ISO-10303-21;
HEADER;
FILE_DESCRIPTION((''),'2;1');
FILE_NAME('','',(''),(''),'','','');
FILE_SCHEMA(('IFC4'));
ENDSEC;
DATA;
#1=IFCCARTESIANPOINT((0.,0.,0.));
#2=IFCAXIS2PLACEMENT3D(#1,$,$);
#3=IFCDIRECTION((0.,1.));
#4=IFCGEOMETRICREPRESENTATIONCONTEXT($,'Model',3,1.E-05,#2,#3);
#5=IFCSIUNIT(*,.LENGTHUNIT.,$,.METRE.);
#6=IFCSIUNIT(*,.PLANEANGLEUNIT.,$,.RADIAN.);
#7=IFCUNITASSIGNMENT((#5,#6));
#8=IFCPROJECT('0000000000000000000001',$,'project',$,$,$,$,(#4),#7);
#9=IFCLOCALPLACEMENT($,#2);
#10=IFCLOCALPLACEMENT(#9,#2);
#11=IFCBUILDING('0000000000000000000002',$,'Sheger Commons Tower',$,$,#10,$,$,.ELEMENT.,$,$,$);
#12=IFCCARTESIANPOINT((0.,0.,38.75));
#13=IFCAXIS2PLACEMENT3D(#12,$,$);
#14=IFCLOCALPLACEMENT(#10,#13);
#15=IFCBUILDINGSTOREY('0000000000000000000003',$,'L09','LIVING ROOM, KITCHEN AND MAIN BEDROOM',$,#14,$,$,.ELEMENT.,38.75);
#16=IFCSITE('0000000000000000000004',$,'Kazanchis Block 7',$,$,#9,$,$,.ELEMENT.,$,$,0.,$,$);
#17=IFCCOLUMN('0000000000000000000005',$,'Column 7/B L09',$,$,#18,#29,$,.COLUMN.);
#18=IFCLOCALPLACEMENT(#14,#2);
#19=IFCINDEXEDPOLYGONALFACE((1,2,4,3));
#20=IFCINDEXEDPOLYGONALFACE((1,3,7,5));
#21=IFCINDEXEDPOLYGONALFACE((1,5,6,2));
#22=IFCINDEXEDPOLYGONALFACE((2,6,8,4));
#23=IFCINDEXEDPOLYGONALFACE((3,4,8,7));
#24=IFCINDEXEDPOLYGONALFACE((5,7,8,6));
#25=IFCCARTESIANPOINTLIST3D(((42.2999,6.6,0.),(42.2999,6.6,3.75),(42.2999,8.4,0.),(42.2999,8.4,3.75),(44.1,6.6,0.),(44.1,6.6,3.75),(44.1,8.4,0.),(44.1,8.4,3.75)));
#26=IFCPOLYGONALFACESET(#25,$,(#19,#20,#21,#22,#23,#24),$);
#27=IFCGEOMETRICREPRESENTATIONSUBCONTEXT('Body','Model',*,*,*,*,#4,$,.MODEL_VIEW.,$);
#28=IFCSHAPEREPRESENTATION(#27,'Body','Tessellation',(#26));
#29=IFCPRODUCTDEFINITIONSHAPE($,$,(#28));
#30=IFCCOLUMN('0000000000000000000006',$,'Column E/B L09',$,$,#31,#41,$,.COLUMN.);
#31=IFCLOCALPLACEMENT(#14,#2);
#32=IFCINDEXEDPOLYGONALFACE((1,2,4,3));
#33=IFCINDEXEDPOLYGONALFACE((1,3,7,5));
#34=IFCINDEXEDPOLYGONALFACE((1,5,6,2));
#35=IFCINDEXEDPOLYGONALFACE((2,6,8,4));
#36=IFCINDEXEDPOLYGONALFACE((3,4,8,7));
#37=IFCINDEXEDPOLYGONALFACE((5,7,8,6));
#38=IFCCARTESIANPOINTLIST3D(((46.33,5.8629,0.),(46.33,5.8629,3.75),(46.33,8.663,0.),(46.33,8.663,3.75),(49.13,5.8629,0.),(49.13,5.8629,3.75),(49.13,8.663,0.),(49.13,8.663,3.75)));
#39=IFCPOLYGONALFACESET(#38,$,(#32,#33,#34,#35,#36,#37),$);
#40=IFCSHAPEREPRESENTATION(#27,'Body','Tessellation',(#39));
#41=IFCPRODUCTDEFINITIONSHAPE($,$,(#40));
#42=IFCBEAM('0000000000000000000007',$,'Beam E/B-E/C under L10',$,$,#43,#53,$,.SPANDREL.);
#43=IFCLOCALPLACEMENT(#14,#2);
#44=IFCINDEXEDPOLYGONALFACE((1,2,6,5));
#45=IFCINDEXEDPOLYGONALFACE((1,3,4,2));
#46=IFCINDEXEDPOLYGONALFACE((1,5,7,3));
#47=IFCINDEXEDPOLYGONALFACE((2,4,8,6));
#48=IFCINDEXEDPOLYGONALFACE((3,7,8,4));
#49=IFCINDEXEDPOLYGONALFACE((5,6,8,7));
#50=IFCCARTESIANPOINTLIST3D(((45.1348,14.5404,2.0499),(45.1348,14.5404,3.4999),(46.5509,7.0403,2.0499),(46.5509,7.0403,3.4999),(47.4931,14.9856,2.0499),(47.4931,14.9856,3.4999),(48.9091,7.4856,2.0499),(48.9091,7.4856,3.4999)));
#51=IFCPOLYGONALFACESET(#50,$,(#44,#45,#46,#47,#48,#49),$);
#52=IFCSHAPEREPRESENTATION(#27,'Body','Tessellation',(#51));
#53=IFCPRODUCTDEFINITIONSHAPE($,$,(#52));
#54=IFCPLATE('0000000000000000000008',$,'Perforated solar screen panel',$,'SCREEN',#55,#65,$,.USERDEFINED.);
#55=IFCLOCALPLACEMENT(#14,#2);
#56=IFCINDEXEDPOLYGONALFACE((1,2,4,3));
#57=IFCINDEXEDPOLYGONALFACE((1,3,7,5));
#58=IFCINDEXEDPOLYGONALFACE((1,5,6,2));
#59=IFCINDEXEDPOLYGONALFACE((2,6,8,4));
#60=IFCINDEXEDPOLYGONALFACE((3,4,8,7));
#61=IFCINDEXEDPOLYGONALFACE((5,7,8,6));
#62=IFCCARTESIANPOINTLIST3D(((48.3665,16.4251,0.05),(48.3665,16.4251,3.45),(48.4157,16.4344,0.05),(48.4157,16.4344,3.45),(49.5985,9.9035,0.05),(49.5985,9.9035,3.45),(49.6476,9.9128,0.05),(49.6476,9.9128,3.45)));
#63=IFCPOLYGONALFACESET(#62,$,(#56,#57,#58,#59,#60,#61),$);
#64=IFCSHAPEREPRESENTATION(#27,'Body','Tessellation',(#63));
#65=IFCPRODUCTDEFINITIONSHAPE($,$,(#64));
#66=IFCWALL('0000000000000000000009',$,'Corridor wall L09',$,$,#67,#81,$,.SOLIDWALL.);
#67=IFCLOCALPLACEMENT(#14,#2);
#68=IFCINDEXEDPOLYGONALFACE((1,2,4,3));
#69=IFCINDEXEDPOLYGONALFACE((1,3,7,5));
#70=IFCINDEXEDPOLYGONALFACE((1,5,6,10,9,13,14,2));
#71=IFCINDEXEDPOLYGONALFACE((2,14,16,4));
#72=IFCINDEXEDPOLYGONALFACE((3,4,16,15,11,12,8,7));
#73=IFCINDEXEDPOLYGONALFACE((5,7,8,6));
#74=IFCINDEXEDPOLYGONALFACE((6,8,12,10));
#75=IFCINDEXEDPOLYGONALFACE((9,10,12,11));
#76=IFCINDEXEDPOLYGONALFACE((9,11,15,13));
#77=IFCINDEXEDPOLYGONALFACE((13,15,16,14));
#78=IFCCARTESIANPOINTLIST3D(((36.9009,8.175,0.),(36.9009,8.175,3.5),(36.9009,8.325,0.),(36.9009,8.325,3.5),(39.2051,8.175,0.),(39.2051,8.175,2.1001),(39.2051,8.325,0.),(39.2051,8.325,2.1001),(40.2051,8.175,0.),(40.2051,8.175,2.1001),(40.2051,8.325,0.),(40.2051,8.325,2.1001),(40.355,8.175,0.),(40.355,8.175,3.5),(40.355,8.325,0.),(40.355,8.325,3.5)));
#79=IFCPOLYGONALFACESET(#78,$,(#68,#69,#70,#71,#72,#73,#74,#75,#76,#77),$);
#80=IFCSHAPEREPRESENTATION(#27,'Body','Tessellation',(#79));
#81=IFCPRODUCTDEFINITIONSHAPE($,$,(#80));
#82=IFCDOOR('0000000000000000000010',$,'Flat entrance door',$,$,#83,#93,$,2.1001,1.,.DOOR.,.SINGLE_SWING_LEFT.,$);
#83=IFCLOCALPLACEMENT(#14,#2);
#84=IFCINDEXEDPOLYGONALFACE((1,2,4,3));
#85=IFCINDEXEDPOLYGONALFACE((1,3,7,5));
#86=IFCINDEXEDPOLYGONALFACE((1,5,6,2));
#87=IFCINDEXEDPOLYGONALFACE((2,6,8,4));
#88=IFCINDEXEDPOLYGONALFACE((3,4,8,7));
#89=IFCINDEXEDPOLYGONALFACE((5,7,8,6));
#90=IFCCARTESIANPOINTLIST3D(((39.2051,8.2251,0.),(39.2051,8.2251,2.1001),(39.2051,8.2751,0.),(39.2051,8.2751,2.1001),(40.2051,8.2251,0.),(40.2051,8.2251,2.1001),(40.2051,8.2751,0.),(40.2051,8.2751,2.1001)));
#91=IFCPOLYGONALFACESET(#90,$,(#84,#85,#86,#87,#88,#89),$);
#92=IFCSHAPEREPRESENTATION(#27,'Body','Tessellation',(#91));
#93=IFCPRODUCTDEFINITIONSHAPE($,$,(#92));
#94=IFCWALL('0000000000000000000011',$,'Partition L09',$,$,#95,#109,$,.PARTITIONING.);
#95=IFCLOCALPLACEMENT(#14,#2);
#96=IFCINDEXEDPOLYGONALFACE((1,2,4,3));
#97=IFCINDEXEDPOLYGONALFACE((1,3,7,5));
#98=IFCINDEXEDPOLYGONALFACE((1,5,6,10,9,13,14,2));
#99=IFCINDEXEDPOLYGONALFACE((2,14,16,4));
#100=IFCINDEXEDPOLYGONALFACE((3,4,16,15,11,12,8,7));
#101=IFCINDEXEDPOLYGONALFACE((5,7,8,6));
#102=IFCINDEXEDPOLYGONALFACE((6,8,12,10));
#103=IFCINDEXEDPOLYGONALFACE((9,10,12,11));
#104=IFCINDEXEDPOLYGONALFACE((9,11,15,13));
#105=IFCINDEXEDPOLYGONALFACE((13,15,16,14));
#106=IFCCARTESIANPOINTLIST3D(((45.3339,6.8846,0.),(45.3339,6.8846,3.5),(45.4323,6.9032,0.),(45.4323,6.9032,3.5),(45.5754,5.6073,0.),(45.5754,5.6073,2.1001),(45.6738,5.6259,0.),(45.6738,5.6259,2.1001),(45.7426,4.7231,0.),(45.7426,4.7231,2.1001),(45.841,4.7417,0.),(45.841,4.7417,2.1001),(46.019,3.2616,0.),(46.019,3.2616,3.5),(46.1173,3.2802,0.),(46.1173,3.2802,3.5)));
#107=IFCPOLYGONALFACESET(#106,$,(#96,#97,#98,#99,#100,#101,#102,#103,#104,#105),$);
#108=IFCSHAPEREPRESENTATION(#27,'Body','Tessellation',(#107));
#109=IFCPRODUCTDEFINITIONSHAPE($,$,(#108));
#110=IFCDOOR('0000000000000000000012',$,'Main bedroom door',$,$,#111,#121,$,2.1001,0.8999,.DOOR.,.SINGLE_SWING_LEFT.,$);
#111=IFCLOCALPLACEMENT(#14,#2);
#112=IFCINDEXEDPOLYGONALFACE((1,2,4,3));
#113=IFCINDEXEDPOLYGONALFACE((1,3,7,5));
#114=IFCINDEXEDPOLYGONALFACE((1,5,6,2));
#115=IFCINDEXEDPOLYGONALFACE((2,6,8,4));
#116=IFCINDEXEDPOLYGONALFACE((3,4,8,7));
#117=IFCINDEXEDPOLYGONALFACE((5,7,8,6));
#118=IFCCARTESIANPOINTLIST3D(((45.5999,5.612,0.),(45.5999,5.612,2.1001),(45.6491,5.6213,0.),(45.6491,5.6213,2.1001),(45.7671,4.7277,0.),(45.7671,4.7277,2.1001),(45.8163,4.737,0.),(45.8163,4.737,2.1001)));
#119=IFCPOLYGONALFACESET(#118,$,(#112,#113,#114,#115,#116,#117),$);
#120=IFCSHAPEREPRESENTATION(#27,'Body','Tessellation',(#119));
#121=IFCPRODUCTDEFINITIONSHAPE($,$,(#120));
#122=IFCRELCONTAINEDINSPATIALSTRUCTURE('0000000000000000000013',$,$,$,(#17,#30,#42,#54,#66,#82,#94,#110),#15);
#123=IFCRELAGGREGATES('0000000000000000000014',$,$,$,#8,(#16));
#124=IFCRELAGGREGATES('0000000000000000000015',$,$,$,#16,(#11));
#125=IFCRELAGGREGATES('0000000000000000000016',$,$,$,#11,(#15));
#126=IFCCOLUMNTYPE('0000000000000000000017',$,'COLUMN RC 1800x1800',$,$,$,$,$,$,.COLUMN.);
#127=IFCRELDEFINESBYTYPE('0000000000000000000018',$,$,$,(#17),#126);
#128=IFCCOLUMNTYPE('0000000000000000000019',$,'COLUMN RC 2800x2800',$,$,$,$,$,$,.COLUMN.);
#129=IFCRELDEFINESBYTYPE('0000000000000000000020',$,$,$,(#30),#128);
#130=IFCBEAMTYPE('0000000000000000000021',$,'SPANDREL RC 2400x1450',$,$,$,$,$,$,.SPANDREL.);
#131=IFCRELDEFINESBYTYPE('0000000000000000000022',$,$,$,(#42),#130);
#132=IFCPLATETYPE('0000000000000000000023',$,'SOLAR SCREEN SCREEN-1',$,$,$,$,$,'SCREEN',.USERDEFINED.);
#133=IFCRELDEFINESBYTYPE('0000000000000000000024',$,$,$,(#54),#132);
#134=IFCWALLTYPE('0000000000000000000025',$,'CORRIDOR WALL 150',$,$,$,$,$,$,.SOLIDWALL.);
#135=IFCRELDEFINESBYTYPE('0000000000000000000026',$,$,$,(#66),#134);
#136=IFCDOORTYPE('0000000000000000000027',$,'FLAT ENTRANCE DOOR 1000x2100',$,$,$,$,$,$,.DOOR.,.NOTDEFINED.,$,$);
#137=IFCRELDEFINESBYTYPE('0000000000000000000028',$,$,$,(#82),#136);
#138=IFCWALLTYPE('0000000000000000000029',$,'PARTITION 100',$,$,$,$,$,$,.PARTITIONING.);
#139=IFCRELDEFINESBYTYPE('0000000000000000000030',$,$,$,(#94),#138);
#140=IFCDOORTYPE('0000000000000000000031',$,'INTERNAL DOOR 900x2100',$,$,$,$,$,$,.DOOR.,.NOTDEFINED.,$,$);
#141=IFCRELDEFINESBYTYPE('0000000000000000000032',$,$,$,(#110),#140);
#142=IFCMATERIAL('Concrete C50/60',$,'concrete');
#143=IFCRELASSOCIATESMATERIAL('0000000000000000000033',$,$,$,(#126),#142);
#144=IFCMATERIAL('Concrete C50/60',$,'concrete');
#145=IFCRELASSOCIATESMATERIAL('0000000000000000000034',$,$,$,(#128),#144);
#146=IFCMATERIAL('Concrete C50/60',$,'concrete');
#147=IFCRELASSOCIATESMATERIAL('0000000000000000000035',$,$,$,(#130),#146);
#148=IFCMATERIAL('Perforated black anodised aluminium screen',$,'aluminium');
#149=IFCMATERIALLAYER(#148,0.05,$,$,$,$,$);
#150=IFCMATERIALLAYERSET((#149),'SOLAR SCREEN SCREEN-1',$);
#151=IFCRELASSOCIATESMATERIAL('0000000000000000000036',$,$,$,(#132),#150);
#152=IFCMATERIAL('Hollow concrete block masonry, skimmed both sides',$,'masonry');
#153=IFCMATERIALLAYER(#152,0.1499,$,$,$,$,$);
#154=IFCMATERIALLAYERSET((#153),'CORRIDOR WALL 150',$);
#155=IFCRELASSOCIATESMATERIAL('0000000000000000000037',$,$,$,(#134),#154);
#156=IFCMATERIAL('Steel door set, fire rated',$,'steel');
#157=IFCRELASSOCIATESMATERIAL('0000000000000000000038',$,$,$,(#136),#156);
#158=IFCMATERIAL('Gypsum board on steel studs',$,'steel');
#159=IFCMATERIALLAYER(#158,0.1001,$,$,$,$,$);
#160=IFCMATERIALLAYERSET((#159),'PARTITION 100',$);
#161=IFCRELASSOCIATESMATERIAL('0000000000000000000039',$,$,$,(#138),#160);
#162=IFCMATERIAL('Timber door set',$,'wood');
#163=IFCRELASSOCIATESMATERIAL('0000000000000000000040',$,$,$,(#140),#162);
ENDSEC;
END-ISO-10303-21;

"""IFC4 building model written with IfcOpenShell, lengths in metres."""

from ifc_helpers import new_model, si_unit, direction, frame, frame_2d, origin, origin_2d, place, context, subcontext, project, spatial, rectangle, extrude, material, layer, layer_set, material_profile, profile_set, type_object, element, fill, save


model = new_model("IFC4")

# Units and contexts
model_context = context("Model", 3, precision=1e-05, world=origin(), true_north=direction((0.0, 1.0)))
body_context = subcontext(model_context, "Body", "Model", "MODEL_VIEW")
ifc_project = project(units=[si_unit("LENGTHUNIT", "METRE"), si_unit("PLANEANGLEUNIT", "RADIAN")], contexts=[model_context])

# Site, building, storey
site_placement = place(None, origin())
site = spatial("IfcSite", under=ifc_project, at=site_placement, Name="Kazanchis Block 7", CompositionType="ELEMENT", RefElevation=0.0)
building_placement = place(site_placement, origin())
building = spatial("IfcBuilding", under=site, at=building_placement, Name="Sheger Commons Tower", CompositionType="ELEMENT")
storey_placement = place(building_placement, frame((0.0, 0.0, 38.75)))
storey = spatial("IfcBuildingStorey", under=building, at=storey_placement, Name="L09", Description="LIVING ROOM, KITCHEN AND MAIN BEDROOM", CompositionType="ELEMENT", Elevation=38.75)

# Columns
ifc_material_1 = material(Name="Concrete C50/60", Category="concrete")
ifc_material_profile_1 = material_profile(ifc_material_1, rectangle(XDim=1.8, YDim=1.8, at=origin_2d()), Name="RC 1800x1800")
ifc_profile_set_1 = profile_set([ifc_material_profile_1], Name="Concrete C50/60")
column_type_1 = type_object("IfcColumnType", Name="COLUMN RC 1800x1800", PredefinedType="COLUMN", material=ifc_profile_set_1)
column_1_placement = place(storey_placement, frame((43.2, 7.5, 0.0), z_axis=(0.0, 0.0, 1.0), x_axis=(1.0, 0.0, 0.0)))
element("IfcColumn", 1, at=column_1_placement, inside=storey, type_object=column_type_1, Name="Column 7/B L09", PredefinedType="COLUMN", context=body_context, shape_type="SweptSolid", body=[
    extrude(rectangle(XDim=1.8, YDim=1.8, at=origin_2d()), origin(), (0.0, 0.0, 1.0), 3.75),
])
ifc_material_2 = material(Name="Concrete C50/60", Category="concrete")
ifc_material_profile_2 = material_profile(ifc_material_2, rectangle(XDim=2.8, YDim=2.8, at=origin_2d()), Name="RC 2800x2800")
ifc_profile_set_2 = profile_set([ifc_material_profile_2], Name="Concrete C50/60")
column_type_2 = type_object("IfcColumnType", Name="COLUMN RC 2800x2800", PredefinedType="COLUMN", material=ifc_profile_set_2)
column_2_placement = place(storey_placement, frame((47.73, 7.2629, 0.0), z_axis=(0.0, 0.0, 1.0), x_axis=(1.0, 0.0, 0.0)))
element("IfcColumn", 2, at=column_2_placement, inside=storey, type_object=column_type_2, Name="Column E/B L09", PredefinedType="COLUMN", context=body_context, shape_type="SweptSolid", body=[
    extrude(rectangle(XDim=2.8, YDim=2.8, at=origin_2d()), origin(), (0.0, 0.0, 1.0), 3.75),
])

# Beam
ifc_material_3 = material(Name="Concrete C50/60", Category="concrete")
ifc_material_profile_3 = material_profile(ifc_material_3, rectangle(XDim=2.3999, YDim=1.45, at=origin_2d()), Name="RC 2400x1450")
ifc_profile_set_3 = profile_set([ifc_material_profile_3], Name="Concrete C50/60")
beam_type = type_object("IfcBeamType", Name="SPANDREL RC 2400x1450", PredefinedType="SPANDREL", material=ifc_profile_set_3)
beam_placement = place(storey_placement, frame((47.73, 7.2629, 2.7749), z_axis=(-0.185524, 0.98264, 0.0), x_axis=(-0.98264, -0.185524, 0.0)))
element("IfcBeam", 3, at=beam_placement, inside=storey, type_object=beam_type, Name="Beam E/B-E/C under L10", PredefinedType="SPANDREL", context=body_context, shape_type="SweptSolid", body=[
    extrude(rectangle(XDim=2.3999, YDim=1.45, at=origin_2d()), origin(), (0.0, 0.0, 1.0), 7.6326),
])

# Plate
ifc_material_4 = material(Name="Perforated black anodised aluminium screen", Category="aluminium")
ifc_layer_1 = layer(ifc_material_4, 0.05)
ifc_layer_set_1 = layer_set([ifc_layer_1], Name="SOLAR SCREEN SCREEN-1")
plate_type = type_object("IfcPlateType", Name="SOLAR SCREEN SCREEN-1", ElementType="SCREEN", PredefinedType="USERDEFINED", material=ifc_layer_set_1)
plate_placement = place(storey_placement, frame((49.0071, 13.1689, 0.05), z_axis=(0.0, 0.0, 1.0), x_axis=(-0.185615, 0.982623, 0.0)))
element("IfcPlate", 4, at=plate_placement, inside=storey, type_object=plate_type, Name="Perforated solar screen panel", ObjectType="SCREEN", PredefinedType="USERDEFINED", context=body_context, shape_type="SweptSolid", body=[
    extrude(rectangle(XDim=6.637, YDim=0.05, at=origin_2d()), origin(), (0.0, 0.0, 1.0), 3.3999),
])

# Walls, openings, doors
ifc_material_5 = material(Name="Hollow concrete block masonry, skimmed both sides", Category="masonry")
ifc_layer_2 = layer(ifc_material_5, 0.1499)
ifc_layer_set_2 = layer_set([ifc_layer_2], Name="CORRIDOR WALL 150")
wall_type_1 = type_object("IfcWallType", Name="CORRIDOR WALL 150", PredefinedType="SOLIDWALL", material=ifc_layer_set_2)
wall_1_placement = place(storey_placement, frame((40.355, 8.25, 0.0), z_axis=(0.0, 0.0, 1.0), x_axis=(-1.0, 0.0, 0.0)))
wall_1 = element("IfcWall", 5, at=wall_1_placement, inside=storey, type_object=wall_type_1, Name="Corridor wall L09", PredefinedType="SOLIDWALL", context=body_context, shape_type="SweptSolid", body=[
    extrude(rectangle(XDim=3.4541, YDim=0.1499, at=frame_2d((1.7271, 0.0))), origin(), (0.0, 0.0, 1.0), 3.5),
])
opening_1_placement = place(wall_1_placement, frame((0.1499, 0.0, 0.0)))
opening_1 = element("IfcOpeningElement", 6, at=opening_1_placement, cuts=wall_1, PredefinedType="OPENING", context=body_context, shape_type="SweptSolid", body=[
    extrude(rectangle(XDim=1.0, YDim=2.1001, at=frame_2d((0.5, 1.05))), frame((0.0, 0.085, 0.0), z_axis=(0.0, -1.0, 0.0), x_axis=(1.0, 0.0, 0.0)), (0.0, 0.0, 1.0), 0.1699),
])
ifc_material_6 = material(Name="Steel door set, fire rated", Category="steel")
door_type_1 = type_object("IfcDoorType", Name="FLAT ENTRANCE DOOR 1000x2100", OperationType="NOTDEFINED", PredefinedType="DOOR", material=ifc_material_6)
door_1_placement = place(opening_1_placement, origin())
door_1 = element("IfcDoor", 7, at=door_1_placement, inside=storey, type_object=door_type_1, Name="Flat entrance door", OperationType="SINGLE_SWING_LEFT", OverallHeight=2.1001, OverallWidth=1.0, PredefinedType="DOOR", context=body_context, shape_type="SweptSolid", body=[
    extrude(rectangle(XDim=1.0, YDim=2.1001, at=frame_2d((0.5, 1.05))), frame((0.0, 0.0249, 0.0), z_axis=(0.0, -1.0, 0.0), x_axis=(1.0, 0.0, 0.0)), (0.0, 0.0, 1.0), 0.05),
])
fill(opening_1, door_1)
ifc_material_7 = material(Name="Gypsum board on steel studs", Category="steel")
ifc_layer_3 = layer(ifc_material_7, 0.1001)
ifc_layer_set_3 = layer_set([ifc_layer_3], Name="PARTITION 100")
wall_type_2 = type_object("IfcWallType", Name="PARTITION 100", PredefinedType="PARTITIONING", material=ifc_layer_set_3)
wall_2_placement = place(storey_placement, frame((45.3831, 6.894, 0.0), z_axis=(0.0, 0.0, 1.0), x_axis=(0.185791, -0.982589, 0.0)))
wall_2 = element("IfcWall", 8, at=wall_2_placement, inside=storey, type_object=wall_type_2, Name="Partition L09", PredefinedType="PARTITIONING", context=body_context, shape_type="SweptSolid", body=[
    extrude(rectangle(XDim=3.6873, YDim=0.1001, at=frame_2d((1.8438, 0.0))), origin(), (0.0, 0.0, 1.0), 3.5),
])
opening_2_placement = place(wall_2_placement, frame((1.3, 0.0, 0.0)))
opening_2 = element("IfcOpeningElement", 9, at=opening_2_placement, cuts=wall_2, PredefinedType="OPENING", context=body_context, shape_type="SweptSolid", body=[
    extrude(rectangle(XDim=0.8999, YDim=2.1001, at=frame_2d((0.45, 1.05))), frame((0.0, 0.0601, 0.0), z_axis=(0.0, -1.0, 0.0), x_axis=(1.0, 0.0, 0.0)), (0.0, 0.0, 1.0), 0.1201),
])
ifc_material_8 = material(Name="Timber door set", Category="wood")
door_type_2 = type_object("IfcDoorType", Name="INTERNAL DOOR 900x2100", OperationType="NOTDEFINED", PredefinedType="DOOR", material=ifc_material_8)
door_2_placement = place(opening_2_placement, origin())
door_2 = element("IfcDoor", 10, at=door_2_placement, inside=storey, type_object=door_type_2, Name="Main bedroom door", OperationType="SINGLE_SWING_LEFT", OverallHeight=2.1001, OverallWidth=0.8999, PredefinedType="DOOR", context=body_context, shape_type="SweptSolid", body=[
    extrude(rectangle(XDim=0.8999, YDim=2.1001, at=frame_2d((0.45, 1.05))), frame((0.0, 0.0249, 0.0), z_axis=(0.0, -1.0, 0.0), x_axis=(1.0, 0.0, 0.0)), (0.0, 0.0, 1.0), 0.05),
])
fill(opening_2, door_2)

save(model, "model.ifc")
